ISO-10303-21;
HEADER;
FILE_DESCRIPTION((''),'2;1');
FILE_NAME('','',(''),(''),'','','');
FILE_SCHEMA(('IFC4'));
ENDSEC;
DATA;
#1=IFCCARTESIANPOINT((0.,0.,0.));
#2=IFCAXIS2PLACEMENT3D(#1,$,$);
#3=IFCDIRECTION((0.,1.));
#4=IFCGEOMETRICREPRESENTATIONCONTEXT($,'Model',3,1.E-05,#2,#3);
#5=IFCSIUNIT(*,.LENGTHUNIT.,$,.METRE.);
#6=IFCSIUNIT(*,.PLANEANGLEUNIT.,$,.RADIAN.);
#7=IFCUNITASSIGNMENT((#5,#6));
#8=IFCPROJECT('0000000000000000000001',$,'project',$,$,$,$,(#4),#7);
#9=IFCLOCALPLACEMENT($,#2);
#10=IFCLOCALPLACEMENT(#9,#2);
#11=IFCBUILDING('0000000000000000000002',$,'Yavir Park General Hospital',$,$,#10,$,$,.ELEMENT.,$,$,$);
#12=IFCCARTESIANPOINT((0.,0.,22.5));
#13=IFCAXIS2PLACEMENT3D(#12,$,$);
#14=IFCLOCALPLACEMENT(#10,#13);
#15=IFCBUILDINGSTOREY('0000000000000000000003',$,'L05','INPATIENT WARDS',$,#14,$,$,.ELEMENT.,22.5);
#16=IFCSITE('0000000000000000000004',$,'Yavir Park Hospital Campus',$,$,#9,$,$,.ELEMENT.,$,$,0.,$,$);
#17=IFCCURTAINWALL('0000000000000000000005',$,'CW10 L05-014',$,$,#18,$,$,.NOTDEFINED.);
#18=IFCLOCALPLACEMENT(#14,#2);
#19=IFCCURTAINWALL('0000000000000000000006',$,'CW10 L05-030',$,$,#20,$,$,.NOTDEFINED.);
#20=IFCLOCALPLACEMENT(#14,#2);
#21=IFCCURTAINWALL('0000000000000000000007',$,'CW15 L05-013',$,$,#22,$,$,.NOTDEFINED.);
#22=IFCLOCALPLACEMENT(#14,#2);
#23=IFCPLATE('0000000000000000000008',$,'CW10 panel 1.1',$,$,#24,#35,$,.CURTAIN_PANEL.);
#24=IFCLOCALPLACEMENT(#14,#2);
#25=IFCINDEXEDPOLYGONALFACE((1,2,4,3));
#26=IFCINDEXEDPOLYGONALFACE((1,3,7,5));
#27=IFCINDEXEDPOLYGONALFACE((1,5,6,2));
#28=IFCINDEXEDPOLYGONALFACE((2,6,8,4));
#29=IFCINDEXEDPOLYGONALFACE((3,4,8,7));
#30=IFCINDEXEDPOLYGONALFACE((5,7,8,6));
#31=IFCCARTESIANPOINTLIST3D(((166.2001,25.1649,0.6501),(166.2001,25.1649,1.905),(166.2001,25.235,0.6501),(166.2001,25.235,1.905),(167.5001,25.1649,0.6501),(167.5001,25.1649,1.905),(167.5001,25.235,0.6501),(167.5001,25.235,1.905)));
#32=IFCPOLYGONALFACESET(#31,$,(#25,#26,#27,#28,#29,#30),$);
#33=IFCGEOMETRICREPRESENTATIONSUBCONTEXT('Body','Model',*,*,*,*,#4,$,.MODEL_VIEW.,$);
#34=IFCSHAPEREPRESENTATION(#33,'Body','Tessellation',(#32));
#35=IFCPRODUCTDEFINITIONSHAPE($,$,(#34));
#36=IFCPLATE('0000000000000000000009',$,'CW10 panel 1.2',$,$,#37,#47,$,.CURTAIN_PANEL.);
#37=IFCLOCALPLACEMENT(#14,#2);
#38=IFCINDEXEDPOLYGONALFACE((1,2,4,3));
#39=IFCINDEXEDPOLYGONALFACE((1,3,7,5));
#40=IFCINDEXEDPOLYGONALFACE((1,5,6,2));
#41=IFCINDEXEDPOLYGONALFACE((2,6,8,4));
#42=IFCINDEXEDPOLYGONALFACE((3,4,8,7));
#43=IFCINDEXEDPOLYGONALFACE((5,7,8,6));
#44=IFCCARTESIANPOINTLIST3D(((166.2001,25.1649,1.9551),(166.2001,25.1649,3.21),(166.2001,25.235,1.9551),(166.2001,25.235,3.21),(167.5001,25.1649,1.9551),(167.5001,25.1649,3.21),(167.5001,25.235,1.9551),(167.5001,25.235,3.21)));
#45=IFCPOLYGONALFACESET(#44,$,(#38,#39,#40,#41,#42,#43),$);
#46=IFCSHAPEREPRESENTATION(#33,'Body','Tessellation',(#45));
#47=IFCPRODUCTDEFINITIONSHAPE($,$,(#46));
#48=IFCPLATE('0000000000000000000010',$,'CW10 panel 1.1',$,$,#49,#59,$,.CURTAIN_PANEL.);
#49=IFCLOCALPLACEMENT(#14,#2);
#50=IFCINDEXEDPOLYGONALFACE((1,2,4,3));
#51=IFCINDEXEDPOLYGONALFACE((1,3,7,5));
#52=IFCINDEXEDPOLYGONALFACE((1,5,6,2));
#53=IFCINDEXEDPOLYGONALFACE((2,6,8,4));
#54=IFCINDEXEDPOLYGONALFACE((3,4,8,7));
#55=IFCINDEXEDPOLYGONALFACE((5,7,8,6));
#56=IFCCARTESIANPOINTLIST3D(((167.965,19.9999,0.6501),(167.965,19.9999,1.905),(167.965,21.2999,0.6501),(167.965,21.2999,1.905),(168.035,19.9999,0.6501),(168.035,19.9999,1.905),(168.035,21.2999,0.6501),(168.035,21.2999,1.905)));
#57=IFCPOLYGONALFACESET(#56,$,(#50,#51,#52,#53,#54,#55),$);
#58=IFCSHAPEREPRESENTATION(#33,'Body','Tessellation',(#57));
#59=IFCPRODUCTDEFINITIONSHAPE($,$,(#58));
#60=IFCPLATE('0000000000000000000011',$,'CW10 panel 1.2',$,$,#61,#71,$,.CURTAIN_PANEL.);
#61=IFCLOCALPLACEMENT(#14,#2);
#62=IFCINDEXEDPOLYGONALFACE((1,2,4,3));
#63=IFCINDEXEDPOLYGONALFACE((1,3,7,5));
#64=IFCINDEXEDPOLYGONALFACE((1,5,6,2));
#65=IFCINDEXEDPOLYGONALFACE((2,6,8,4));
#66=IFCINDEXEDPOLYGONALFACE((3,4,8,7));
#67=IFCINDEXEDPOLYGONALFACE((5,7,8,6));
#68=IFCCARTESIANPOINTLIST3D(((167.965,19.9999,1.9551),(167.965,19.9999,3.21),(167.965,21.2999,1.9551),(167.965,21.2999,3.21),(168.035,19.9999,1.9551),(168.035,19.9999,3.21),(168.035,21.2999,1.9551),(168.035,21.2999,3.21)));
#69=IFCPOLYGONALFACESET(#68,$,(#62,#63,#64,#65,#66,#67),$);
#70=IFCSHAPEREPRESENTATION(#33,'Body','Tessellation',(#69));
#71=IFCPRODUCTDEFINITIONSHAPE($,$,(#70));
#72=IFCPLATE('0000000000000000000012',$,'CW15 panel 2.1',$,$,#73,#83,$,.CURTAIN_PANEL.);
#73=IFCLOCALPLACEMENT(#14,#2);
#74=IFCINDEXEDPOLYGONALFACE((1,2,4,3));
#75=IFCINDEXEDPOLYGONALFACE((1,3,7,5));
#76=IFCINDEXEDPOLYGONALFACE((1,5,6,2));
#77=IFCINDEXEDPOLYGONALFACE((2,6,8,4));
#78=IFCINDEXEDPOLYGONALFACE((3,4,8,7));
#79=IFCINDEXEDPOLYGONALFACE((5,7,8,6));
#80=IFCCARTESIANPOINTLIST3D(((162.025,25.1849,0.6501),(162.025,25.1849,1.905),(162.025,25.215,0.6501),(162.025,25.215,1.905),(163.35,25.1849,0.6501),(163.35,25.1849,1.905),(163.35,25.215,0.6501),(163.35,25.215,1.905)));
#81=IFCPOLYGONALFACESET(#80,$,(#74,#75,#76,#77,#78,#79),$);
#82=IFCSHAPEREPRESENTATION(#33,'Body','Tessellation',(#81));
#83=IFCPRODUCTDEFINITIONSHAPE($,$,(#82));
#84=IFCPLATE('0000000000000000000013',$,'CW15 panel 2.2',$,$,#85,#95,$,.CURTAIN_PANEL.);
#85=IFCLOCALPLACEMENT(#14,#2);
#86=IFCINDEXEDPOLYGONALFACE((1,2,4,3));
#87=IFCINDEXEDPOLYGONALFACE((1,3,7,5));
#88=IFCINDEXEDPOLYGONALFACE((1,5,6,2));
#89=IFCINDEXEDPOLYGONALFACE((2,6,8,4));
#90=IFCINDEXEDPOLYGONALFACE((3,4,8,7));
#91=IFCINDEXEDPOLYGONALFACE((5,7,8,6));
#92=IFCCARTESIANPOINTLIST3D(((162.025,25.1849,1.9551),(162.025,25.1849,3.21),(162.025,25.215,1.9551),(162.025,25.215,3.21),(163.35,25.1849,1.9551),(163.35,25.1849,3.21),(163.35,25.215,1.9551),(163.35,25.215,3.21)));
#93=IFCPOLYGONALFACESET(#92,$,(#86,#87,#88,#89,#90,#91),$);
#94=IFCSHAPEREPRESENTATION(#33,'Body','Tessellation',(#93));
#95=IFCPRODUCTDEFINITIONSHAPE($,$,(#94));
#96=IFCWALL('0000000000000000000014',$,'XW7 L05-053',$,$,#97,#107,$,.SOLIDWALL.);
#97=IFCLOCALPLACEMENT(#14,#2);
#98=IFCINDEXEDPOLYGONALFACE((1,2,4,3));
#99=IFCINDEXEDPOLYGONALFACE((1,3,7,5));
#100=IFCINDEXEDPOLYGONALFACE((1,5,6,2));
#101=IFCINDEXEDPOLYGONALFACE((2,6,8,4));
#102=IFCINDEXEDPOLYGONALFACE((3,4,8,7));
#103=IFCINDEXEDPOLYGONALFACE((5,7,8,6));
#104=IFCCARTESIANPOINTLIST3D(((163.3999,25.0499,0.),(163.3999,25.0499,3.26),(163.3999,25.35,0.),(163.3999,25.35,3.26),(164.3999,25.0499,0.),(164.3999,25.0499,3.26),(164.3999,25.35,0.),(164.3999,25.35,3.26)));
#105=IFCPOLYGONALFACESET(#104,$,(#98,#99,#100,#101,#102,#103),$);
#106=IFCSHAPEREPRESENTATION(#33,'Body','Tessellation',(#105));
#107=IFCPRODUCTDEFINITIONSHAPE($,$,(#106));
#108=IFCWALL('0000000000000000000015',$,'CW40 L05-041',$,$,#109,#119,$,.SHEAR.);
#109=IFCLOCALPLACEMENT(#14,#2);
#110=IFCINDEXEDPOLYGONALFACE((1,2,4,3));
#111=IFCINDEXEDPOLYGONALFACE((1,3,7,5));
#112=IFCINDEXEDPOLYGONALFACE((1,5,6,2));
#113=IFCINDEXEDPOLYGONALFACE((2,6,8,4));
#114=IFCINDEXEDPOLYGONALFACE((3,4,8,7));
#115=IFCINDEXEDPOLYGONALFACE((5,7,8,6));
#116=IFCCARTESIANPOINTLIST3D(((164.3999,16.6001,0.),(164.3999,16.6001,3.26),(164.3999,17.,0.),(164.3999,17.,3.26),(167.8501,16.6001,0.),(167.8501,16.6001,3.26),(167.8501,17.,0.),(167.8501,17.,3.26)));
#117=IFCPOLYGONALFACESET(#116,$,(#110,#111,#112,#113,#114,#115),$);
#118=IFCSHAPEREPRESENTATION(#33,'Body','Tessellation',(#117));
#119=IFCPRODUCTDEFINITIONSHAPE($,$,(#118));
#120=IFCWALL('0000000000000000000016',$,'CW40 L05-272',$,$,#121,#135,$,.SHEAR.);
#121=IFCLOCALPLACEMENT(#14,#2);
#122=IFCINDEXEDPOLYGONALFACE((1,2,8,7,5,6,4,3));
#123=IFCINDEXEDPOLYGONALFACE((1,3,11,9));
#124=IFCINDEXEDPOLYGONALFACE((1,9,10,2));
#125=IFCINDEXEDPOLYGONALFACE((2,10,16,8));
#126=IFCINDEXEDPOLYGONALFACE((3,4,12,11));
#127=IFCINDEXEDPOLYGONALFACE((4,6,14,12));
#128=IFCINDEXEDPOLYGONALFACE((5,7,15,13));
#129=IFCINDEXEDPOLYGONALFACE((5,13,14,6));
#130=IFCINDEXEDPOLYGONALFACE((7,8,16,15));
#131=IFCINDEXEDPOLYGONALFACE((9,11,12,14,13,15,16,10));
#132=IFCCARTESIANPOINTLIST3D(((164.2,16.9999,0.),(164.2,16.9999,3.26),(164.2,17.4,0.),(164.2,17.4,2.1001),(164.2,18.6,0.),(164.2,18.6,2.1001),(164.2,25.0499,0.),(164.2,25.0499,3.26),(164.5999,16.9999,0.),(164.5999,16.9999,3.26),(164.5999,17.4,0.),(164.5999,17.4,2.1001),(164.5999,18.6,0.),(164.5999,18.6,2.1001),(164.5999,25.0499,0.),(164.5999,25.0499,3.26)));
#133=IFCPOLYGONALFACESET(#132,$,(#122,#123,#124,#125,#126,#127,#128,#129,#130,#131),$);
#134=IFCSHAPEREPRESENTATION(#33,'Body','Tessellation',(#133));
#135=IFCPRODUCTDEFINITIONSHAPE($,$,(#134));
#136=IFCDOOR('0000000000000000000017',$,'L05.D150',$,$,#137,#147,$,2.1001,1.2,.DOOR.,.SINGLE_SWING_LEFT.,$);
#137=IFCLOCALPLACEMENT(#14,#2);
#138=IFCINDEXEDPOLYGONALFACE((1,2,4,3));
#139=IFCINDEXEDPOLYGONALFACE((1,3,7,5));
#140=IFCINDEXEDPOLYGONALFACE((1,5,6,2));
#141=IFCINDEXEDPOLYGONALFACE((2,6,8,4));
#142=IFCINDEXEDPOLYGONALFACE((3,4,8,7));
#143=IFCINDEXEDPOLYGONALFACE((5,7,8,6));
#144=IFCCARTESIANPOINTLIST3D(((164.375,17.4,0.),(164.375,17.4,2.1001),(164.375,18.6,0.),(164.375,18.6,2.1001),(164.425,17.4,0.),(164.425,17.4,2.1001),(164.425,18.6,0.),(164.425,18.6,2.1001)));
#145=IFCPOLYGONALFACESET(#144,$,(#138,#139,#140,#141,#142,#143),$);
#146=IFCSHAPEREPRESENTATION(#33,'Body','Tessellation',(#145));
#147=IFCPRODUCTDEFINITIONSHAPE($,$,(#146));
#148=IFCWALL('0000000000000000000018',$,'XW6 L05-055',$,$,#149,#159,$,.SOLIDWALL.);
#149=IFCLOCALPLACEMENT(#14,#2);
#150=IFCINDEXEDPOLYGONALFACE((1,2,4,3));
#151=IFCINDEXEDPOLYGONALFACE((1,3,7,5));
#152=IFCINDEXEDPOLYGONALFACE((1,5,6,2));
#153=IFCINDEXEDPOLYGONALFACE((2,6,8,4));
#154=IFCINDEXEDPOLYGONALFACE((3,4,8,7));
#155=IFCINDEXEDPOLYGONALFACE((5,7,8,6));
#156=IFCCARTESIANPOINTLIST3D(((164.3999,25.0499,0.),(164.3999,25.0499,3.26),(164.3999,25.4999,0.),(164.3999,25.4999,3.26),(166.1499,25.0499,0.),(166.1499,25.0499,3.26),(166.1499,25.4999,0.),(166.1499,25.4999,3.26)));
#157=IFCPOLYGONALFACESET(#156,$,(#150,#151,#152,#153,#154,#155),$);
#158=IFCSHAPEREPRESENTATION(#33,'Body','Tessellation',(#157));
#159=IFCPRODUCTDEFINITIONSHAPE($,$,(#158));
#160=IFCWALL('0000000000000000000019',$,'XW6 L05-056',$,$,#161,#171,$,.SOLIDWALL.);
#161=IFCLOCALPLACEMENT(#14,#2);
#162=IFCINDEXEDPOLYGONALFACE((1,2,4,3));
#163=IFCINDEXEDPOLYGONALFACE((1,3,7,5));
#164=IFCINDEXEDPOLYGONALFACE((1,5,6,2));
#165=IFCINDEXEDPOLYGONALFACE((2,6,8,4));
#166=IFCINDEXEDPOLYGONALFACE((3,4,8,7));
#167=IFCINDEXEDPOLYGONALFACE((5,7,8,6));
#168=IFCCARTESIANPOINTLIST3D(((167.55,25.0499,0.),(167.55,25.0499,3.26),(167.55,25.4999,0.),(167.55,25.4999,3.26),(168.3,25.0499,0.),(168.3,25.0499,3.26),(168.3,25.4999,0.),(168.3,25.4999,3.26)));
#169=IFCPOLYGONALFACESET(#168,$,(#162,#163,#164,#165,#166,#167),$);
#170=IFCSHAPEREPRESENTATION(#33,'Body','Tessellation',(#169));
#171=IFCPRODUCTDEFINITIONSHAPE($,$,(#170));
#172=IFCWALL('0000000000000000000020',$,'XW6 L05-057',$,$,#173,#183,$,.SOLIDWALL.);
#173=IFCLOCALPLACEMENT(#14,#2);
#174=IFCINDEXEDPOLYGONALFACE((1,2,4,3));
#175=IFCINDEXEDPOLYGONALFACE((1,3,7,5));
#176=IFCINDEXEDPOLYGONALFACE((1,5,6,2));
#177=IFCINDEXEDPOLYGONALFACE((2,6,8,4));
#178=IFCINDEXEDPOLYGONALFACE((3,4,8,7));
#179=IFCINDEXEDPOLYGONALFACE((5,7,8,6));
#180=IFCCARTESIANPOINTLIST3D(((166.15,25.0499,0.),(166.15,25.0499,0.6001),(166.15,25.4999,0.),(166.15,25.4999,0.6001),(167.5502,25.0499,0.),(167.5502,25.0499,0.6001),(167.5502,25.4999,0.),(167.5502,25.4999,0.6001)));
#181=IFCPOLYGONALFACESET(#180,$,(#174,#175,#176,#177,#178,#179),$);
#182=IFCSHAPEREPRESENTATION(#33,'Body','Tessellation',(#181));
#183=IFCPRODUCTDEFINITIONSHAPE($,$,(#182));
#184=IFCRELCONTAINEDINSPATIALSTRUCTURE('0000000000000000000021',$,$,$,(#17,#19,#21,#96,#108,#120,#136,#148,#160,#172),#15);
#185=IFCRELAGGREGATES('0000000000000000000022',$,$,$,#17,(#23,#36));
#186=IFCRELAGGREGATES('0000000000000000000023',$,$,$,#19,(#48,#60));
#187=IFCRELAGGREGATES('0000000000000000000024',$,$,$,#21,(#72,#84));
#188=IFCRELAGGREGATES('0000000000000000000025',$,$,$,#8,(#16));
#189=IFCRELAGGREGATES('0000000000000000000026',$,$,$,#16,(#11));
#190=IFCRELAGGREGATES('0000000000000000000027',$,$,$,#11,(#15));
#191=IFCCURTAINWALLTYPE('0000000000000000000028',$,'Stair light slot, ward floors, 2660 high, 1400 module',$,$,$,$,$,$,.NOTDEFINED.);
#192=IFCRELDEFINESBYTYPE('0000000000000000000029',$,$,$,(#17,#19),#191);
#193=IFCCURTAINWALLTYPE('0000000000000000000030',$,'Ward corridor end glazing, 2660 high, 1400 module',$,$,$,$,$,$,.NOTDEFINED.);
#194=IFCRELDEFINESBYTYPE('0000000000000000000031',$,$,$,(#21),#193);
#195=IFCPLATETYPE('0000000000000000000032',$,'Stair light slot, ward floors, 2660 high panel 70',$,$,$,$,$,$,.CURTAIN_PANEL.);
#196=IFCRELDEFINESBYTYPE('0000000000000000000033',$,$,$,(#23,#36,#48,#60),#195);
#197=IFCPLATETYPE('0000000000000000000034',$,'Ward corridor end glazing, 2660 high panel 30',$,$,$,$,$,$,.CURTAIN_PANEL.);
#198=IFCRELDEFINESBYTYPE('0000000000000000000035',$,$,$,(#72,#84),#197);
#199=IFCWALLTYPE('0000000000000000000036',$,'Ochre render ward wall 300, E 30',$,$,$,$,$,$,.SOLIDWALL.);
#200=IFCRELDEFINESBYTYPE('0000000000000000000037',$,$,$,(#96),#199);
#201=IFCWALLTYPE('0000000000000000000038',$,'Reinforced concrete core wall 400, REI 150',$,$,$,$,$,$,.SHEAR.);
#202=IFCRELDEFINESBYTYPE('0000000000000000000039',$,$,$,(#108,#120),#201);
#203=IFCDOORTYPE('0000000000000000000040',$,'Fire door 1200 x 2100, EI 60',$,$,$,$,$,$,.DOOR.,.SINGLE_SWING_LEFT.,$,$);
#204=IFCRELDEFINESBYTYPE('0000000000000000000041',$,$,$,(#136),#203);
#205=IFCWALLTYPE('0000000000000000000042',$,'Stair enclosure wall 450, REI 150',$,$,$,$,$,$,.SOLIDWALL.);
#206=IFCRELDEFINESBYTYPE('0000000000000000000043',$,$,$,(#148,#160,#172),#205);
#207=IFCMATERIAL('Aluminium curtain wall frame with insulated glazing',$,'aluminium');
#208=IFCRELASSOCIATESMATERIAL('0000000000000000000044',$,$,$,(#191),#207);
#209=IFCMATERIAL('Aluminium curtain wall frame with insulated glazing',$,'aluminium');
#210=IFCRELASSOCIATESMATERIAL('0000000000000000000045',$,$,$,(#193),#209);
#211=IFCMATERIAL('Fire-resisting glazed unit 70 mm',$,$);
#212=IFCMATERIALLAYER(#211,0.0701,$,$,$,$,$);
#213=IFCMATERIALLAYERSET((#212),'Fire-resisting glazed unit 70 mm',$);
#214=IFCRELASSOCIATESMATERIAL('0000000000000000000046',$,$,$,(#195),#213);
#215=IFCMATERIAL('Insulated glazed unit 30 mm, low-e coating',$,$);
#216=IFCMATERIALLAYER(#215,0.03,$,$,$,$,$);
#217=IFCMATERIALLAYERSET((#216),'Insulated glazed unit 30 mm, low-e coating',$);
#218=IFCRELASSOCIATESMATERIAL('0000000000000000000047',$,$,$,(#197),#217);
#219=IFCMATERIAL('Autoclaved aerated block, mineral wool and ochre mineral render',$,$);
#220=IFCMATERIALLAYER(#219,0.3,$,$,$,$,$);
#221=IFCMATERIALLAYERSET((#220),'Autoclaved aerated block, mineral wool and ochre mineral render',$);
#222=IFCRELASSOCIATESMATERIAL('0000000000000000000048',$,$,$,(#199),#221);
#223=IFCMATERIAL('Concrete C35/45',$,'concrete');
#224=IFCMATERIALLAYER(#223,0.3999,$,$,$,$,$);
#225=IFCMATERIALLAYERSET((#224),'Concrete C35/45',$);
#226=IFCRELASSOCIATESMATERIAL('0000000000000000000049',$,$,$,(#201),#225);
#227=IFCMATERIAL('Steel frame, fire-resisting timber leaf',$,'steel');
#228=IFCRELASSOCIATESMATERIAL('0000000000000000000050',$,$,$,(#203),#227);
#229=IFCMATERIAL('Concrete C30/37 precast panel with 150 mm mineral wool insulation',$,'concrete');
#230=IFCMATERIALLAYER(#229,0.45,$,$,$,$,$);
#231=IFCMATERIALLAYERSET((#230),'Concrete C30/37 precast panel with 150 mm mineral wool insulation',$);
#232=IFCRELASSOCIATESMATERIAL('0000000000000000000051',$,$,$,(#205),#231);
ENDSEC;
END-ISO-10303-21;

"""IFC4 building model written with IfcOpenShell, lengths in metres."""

from ifc_helpers import new_model, si_unit, direction, frame, frame_2d, origin, origin_2d, place, context, subcontext, project, spatial, rectangle, extrude, material, layer, layer_set, type_object, element, fill, aggregate, save


model = new_model("IFC4")

# Units and contexts
model_context = context("Model", 3, precision=1e-05, world=origin(), true_north=direction((0.0, 1.0)))
body_context = subcontext(model_context, "Body", "Model", "MODEL_VIEW")
ifc_project = project(units=[si_unit("LENGTHUNIT", "METRE"), si_unit("PLANEANGLEUNIT", "RADIAN")], contexts=[model_context])

# Site, building, storey
site_placement = place(None, origin())
site = spatial("IfcSite", under=ifc_project, at=site_placement, Name="Yavir Park Hospital Campus", CompositionType="ELEMENT", RefElevation=0.0)
building_placement = place(site_placement, origin())
building = spatial("IfcBuilding", under=site, at=building_placement, Name="Yavir Park General Hospital", CompositionType="ELEMENT")
storey_placement = place(building_placement, frame((0.0, 0.0, 22.5)))
storey = spatial("IfcBuildingStorey", under=building, at=storey_placement, Name="L05", Description="INPATIENT WARDS", CompositionType="ELEMENT", Elevation=22.5)

# Curtain walls
ifc_material_1 = material(Name="Aluminium curtain wall frame with insulated glazing", Category="aluminium")
curtain_wall_type_1 = type_object("IfcCurtainWallType", Name="Stair light slot, ward floors, 2660 high, 1400 module", PredefinedType="NOTDEFINED", material=ifc_material_1)
curtain_wall_1_placement = place(storey_placement, origin())
curtain_wall_1 = element("IfcCurtainWall", 1, at=curtain_wall_1_placement, inside=storey, type_object=curtain_wall_type_1, Name="CW10 L05-014", PredefinedType="NOTDEFINED")
curtain_wall_2_placement = place(storey_placement, origin())
curtain_wall_2 = element("IfcCurtainWall", 2, at=curtain_wall_2_placement, inside=storey, type_object=curtain_wall_type_1, Name="CW10 L05-030", PredefinedType="NOTDEFINED")

# Curtain wall
ifc_material_2 = material(Name="Aluminium curtain wall frame with insulated glazing", Category="aluminium")
curtain_wall_type_2 = type_object("IfcCurtainWallType", Name="Ward corridor end glazing, 2660 high, 1400 module", PredefinedType="NOTDEFINED", material=ifc_material_2)
curtain_wall_3_placement = place(storey_placement, origin())
curtain_wall_3 = element("IfcCurtainWall", 3, at=curtain_wall_3_placement, inside=storey, type_object=curtain_wall_type_2, Name="CW15 L05-013", PredefinedType="NOTDEFINED")

# Plates
ifc_material_3 = material(Name="Fire-resisting glazed unit 70 mm")
ifc_layer_1 = layer(ifc_material_3, 0.0701)
ifc_layer_set_1 = layer_set([ifc_layer_1], Name="Fire-resisting glazed unit 70 mm")
plate_type_1 = type_object("IfcPlateType", Name="Stair light slot, ward floors, 2660 high panel 70", PredefinedType="CURTAIN_PANEL", material=ifc_layer_set_1)
plate_1_placement = place(storey_placement, frame((166.8501, 25.2, 0.6501), z_axis=(0.0, 0.0, 1.0), x_axis=(1.0, 0.0, 0.0)))
plate_1 = element("IfcPlate", 4, at=plate_1_placement, type_object=plate_type_1, Name="CW10 panel 1.1", PredefinedType="CURTAIN_PANEL", context=body_context, shape_type="SweptSolid", body=[
    extrude(rectangle(XDim=1.3, YDim=0.0701, at=origin_2d()), origin(), (0.0, 0.0, 1.0), 1.2549),
])
plate_2_placement = place(storey_placement, frame((166.8501, 25.2, 1.9551), z_axis=(0.0, 0.0, 1.0), x_axis=(1.0, 0.0, 0.0)))
plate_2 = element("IfcPlate", 5, at=plate_2_placement, type_object=plate_type_1, Name="CW10 panel 1.2", PredefinedType="CURTAIN_PANEL", context=body_context, shape_type="SweptSolid", body=[
    extrude(rectangle(XDim=1.3, YDim=0.0701, at=origin_2d()), origin(), (0.0, 0.0, 1.0), 1.2549),
])
aggregate(curtain_wall_1, [plate_1, plate_2])
plate_3_placement = place(storey_placement, frame((168.0, 20.6499, 0.6501), z_axis=(0.0, 0.0, 1.0), x_axis=(0.0, 1.0, 0.0)))
plate_3 = element("IfcPlate", 6, at=plate_3_placement, type_object=plate_type_1, Name="CW10 panel 1.1", PredefinedType="CURTAIN_PANEL", context=body_context, shape_type="SweptSolid", body=[
    extrude(rectangle(XDim=1.3, YDim=0.0701, at=origin_2d()), origin(), (0.0, 0.0, 1.0), 1.2549),
])
plate_4_placement = place(storey_placement, frame((168.0, 20.6499, 1.9551), z_axis=(0.0, 0.0, 1.0), x_axis=(0.0, 1.0, 0.0)))
plate_4 = element("IfcPlate", 7, at=plate_4_placement, type_object=plate_type_1, Name="CW10 panel 1.2", PredefinedType="CURTAIN_PANEL", context=body_context, shape_type="SweptSolid", body=[
    extrude(rectangle(XDim=1.3, YDim=0.0701, at=origin_2d()), origin(), (0.0, 0.0, 1.0), 1.2549),
])
aggregate(curtain_wall_2, [plate_3, plate_4])
ifc_material_4 = material(Name="Insulated glazed unit 30 mm, low-e coating")
ifc_layer_2 = layer(ifc_material_4, 0.03)
ifc_layer_set_2 = layer_set([ifc_layer_2], Name="Insulated glazed unit 30 mm, low-e coating")
plate_type_2 = type_object("IfcPlateType", Name="Ward corridor end glazing, 2660 high panel 30", PredefinedType="CURTAIN_PANEL", material=ifc_layer_set_2)
plate_5_placement = place(storey_placement, frame((162.6875, 25.2, 0.6501), z_axis=(0.0, 0.0, 1.0), x_axis=(1.0, 0.0, 0.0)))
plate_5 = element("IfcPlate", 8, at=plate_5_placement, type_object=plate_type_2, Name="CW15 panel 2.1", PredefinedType="CURTAIN_PANEL", context=body_context, shape_type="SweptSolid", body=[
    extrude(rectangle(XDim=1.325, YDim=0.03, at=origin_2d()), origin(), (0.0, 0.0, 1.0), 1.2549),
])
plate_6_placement = place(storey_placement, frame((162.6875, 25.2, 1.9551), z_axis=(0.0, 0.0, 1.0), x_axis=(1.0, 0.0, 0.0)))
plate_6 = element("IfcPlate", 9, at=plate_6_placement, type_object=plate_type_2, Name="CW15 panel 2.2", PredefinedType="CURTAIN_PANEL", context=body_context, shape_type="SweptSolid", body=[
    extrude(rectangle(XDim=1.325, YDim=0.03, at=origin_2d()), origin(), (0.0, 0.0, 1.0), 1.2549),
])
aggregate(curtain_wall_3, [plate_5, plate_6])

# Walls
ifc_material_5 = material(Name="Autoclaved aerated block, mineral wool and ochre mineral render")
ifc_layer_3 = layer(ifc_material_5, 0.3)
ifc_layer_set_3 = layer_set([ifc_layer_3], Name="Autoclaved aerated block, mineral wool and ochre mineral render")
wall_type_1 = type_object("IfcWallType", Name="Ochre render ward wall 300, E 30", PredefinedType="SOLIDWALL", material=ifc_layer_set_3)
wall_1_placement = place(storey_placement, frame((163.3999, 25.2, 0.0), z_axis=(0.0, 0.0, 1.0), x_axis=(1.0, 0.0, 0.0)))
element("IfcWall", 10, at=wall_1_placement, inside=storey, type_object=wall_type_1, Name="XW7 L05-053", PredefinedType="SOLIDWALL", context=body_context, shape_type="SweptSolid", body=[
    extrude(rectangle(XDim=1.0, YDim=0.3, at=frame_2d((0.5, 0.0))), origin(), (0.0, 0.0, 1.0), 3.26),
])
ifc_material_6 = material(Name="Concrete C35/45", Category="concrete")
ifc_layer_4 = layer(ifc_material_6, 0.3999)
ifc_layer_set_4 = layer_set([ifc_layer_4], Name="Concrete C35/45")
wall_type_2 = type_object("IfcWallType", Name="Reinforced concrete core wall 400, REI 150", PredefinedType="SHEAR", material=ifc_layer_set_4)
wall_2_placement = place(storey_placement, frame((164.3999, 16.8, 0.0), z_axis=(0.0, 0.0, 1.0), x_axis=(1.0, 0.0, 0.0)))
element("IfcWall", 11, at=wall_2_placement, inside=storey, type_object=wall_type_2, Name="CW40 L05-041", PredefinedType="SHEAR", context=body_context, shape_type="SweptSolid", body=[
    extrude(rectangle(XDim=3.4502, YDim=0.3999, at=frame_2d((1.7251, 0.0))), origin(), (0.0, 0.0, 1.0), 3.26),
])

# Wall, opening, door
wall_3_placement = place(storey_placement, frame((164.3999, 17.0, 0.0), z_axis=(0.0, 0.0, 1.0), x_axis=(0.0, 1.0, 0.0)))
wall_3 = element("IfcWall", 12, at=wall_3_placement, inside=storey, type_object=wall_type_2, Name="CW40 L05-272", PredefinedType="SHEAR", context=body_context, shape_type="SweptSolid", body=[
    extrude(rectangle(XDim=8.05, YDim=0.3999, at=frame_2d((4.0249, 0.0))), origin(), (0.0, 0.0, 1.0), 3.26),
])
opening_placement = place(wall_3_placement, frame((0.3999, 0.0, 0.0)))
opening = element("IfcOpeningElement", 13, at=opening_placement, cuts=wall_3, PredefinedType="OPENING", context=body_context, shape_type="SweptSolid", body=[
    extrude(rectangle(XDim=1.2, YDim=2.1001, at=frame_2d((0.6001, 1.05))), frame((0.0, 0.21, 0.0), z_axis=(0.0, -1.0, 0.0), x_axis=(1.0, 0.0, 0.0)), (0.0, 0.0, 1.0), 0.4199),
])
ifc_material_7 = material(Name="Steel frame, fire-resisting timber leaf", Category="steel")
door_type = type_object("IfcDoorType", Name="Fire door 1200 x 2100, EI 60", OperationType="SINGLE_SWING_LEFT", PredefinedType="DOOR", material=ifc_material_7)
door_placement = place(opening_placement, origin())
door = element("IfcDoor", 14, at=door_placement, inside=storey, type_object=door_type, Name="L05.D150", OperationType="SINGLE_SWING_LEFT", OverallHeight=2.1001, OverallWidth=1.2, PredefinedType="DOOR", context=body_context, shape_type="SweptSolid", body=[
    extrude(rectangle(XDim=1.2, YDim=2.1001, at=frame_2d((0.6001, 1.05))), frame((0.0, 0.0249, 0.0), z_axis=(0.0, -1.0, 0.0), x_axis=(1.0, 0.0, 0.0)), (0.0, 0.0, 1.0), 0.05),
])
fill(opening, door)

# Walls
ifc_material_8 = material(Name="Concrete C30/37 precast panel with 150 mm mineral wool insulation", Category="concrete")
ifc_layer_5 = layer(ifc_material_8, 0.45)
ifc_layer_set_5 = layer_set([ifc_layer_5], Name="Concrete C30/37 precast panel with 150 mm mineral wool insulation")
wall_type_3 = type_object("IfcWallType", Name="Stair enclosure wall 450, REI 150", PredefinedType="SOLIDWALL", material=ifc_layer_set_5)
wall_4_placement = place(storey_placement, frame((164.3999, 25.2749, 0.0), z_axis=(0.0, 0.0, 1.0), x_axis=(1.0, 0.0, 0.0)))
element("IfcWall", 15, at=wall_4_placement, inside=storey, type_object=wall_type_3, Name="XW6 L05-055", PredefinedType="SOLIDWALL", context=body_context, shape_type="SweptSolid", body=[
    extrude(rectangle(XDim=1.75, YDim=0.45, at=frame_2d((0.875, 0.0))), origin(), (0.0, 0.0, 1.0), 3.26),
])
wall_5_placement = place(storey_placement, frame((167.55, 25.2749, 0.0), z_axis=(0.0, 0.0, 1.0), x_axis=(1.0, 0.0, 0.0)))
element("IfcWall", 16, at=wall_5_placement, inside=storey, type_object=wall_type_3, Name="XW6 L05-056", PredefinedType="SOLIDWALL", context=body_context, shape_type="SweptSolid", body=[
    extrude(rectangle(XDim=0.75, YDim=0.45, at=frame_2d((0.375, 0.0))), origin(), (0.0, 0.0, 1.0), 3.26),
])
wall_6_placement = place(storey_placement, frame((166.1499, 25.2749, 0.0), z_axis=(0.0, 0.0, 1.0), x_axis=(1.0, 0.0, 0.0)))
element("IfcWall", 17, at=wall_6_placement, inside=storey, type_object=wall_type_3, Name="XW6 L05-057", PredefinedType="SOLIDWALL", context=body_context, shape_type="SweptSolid", body=[
    extrude(rectangle(XDim=1.4001, YDim=0.45, at=frame_2d((0.7002, 0.0))), origin(), (0.0, 0.0, 1.0), 0.6001),
])

save(model, "model.ifc")
